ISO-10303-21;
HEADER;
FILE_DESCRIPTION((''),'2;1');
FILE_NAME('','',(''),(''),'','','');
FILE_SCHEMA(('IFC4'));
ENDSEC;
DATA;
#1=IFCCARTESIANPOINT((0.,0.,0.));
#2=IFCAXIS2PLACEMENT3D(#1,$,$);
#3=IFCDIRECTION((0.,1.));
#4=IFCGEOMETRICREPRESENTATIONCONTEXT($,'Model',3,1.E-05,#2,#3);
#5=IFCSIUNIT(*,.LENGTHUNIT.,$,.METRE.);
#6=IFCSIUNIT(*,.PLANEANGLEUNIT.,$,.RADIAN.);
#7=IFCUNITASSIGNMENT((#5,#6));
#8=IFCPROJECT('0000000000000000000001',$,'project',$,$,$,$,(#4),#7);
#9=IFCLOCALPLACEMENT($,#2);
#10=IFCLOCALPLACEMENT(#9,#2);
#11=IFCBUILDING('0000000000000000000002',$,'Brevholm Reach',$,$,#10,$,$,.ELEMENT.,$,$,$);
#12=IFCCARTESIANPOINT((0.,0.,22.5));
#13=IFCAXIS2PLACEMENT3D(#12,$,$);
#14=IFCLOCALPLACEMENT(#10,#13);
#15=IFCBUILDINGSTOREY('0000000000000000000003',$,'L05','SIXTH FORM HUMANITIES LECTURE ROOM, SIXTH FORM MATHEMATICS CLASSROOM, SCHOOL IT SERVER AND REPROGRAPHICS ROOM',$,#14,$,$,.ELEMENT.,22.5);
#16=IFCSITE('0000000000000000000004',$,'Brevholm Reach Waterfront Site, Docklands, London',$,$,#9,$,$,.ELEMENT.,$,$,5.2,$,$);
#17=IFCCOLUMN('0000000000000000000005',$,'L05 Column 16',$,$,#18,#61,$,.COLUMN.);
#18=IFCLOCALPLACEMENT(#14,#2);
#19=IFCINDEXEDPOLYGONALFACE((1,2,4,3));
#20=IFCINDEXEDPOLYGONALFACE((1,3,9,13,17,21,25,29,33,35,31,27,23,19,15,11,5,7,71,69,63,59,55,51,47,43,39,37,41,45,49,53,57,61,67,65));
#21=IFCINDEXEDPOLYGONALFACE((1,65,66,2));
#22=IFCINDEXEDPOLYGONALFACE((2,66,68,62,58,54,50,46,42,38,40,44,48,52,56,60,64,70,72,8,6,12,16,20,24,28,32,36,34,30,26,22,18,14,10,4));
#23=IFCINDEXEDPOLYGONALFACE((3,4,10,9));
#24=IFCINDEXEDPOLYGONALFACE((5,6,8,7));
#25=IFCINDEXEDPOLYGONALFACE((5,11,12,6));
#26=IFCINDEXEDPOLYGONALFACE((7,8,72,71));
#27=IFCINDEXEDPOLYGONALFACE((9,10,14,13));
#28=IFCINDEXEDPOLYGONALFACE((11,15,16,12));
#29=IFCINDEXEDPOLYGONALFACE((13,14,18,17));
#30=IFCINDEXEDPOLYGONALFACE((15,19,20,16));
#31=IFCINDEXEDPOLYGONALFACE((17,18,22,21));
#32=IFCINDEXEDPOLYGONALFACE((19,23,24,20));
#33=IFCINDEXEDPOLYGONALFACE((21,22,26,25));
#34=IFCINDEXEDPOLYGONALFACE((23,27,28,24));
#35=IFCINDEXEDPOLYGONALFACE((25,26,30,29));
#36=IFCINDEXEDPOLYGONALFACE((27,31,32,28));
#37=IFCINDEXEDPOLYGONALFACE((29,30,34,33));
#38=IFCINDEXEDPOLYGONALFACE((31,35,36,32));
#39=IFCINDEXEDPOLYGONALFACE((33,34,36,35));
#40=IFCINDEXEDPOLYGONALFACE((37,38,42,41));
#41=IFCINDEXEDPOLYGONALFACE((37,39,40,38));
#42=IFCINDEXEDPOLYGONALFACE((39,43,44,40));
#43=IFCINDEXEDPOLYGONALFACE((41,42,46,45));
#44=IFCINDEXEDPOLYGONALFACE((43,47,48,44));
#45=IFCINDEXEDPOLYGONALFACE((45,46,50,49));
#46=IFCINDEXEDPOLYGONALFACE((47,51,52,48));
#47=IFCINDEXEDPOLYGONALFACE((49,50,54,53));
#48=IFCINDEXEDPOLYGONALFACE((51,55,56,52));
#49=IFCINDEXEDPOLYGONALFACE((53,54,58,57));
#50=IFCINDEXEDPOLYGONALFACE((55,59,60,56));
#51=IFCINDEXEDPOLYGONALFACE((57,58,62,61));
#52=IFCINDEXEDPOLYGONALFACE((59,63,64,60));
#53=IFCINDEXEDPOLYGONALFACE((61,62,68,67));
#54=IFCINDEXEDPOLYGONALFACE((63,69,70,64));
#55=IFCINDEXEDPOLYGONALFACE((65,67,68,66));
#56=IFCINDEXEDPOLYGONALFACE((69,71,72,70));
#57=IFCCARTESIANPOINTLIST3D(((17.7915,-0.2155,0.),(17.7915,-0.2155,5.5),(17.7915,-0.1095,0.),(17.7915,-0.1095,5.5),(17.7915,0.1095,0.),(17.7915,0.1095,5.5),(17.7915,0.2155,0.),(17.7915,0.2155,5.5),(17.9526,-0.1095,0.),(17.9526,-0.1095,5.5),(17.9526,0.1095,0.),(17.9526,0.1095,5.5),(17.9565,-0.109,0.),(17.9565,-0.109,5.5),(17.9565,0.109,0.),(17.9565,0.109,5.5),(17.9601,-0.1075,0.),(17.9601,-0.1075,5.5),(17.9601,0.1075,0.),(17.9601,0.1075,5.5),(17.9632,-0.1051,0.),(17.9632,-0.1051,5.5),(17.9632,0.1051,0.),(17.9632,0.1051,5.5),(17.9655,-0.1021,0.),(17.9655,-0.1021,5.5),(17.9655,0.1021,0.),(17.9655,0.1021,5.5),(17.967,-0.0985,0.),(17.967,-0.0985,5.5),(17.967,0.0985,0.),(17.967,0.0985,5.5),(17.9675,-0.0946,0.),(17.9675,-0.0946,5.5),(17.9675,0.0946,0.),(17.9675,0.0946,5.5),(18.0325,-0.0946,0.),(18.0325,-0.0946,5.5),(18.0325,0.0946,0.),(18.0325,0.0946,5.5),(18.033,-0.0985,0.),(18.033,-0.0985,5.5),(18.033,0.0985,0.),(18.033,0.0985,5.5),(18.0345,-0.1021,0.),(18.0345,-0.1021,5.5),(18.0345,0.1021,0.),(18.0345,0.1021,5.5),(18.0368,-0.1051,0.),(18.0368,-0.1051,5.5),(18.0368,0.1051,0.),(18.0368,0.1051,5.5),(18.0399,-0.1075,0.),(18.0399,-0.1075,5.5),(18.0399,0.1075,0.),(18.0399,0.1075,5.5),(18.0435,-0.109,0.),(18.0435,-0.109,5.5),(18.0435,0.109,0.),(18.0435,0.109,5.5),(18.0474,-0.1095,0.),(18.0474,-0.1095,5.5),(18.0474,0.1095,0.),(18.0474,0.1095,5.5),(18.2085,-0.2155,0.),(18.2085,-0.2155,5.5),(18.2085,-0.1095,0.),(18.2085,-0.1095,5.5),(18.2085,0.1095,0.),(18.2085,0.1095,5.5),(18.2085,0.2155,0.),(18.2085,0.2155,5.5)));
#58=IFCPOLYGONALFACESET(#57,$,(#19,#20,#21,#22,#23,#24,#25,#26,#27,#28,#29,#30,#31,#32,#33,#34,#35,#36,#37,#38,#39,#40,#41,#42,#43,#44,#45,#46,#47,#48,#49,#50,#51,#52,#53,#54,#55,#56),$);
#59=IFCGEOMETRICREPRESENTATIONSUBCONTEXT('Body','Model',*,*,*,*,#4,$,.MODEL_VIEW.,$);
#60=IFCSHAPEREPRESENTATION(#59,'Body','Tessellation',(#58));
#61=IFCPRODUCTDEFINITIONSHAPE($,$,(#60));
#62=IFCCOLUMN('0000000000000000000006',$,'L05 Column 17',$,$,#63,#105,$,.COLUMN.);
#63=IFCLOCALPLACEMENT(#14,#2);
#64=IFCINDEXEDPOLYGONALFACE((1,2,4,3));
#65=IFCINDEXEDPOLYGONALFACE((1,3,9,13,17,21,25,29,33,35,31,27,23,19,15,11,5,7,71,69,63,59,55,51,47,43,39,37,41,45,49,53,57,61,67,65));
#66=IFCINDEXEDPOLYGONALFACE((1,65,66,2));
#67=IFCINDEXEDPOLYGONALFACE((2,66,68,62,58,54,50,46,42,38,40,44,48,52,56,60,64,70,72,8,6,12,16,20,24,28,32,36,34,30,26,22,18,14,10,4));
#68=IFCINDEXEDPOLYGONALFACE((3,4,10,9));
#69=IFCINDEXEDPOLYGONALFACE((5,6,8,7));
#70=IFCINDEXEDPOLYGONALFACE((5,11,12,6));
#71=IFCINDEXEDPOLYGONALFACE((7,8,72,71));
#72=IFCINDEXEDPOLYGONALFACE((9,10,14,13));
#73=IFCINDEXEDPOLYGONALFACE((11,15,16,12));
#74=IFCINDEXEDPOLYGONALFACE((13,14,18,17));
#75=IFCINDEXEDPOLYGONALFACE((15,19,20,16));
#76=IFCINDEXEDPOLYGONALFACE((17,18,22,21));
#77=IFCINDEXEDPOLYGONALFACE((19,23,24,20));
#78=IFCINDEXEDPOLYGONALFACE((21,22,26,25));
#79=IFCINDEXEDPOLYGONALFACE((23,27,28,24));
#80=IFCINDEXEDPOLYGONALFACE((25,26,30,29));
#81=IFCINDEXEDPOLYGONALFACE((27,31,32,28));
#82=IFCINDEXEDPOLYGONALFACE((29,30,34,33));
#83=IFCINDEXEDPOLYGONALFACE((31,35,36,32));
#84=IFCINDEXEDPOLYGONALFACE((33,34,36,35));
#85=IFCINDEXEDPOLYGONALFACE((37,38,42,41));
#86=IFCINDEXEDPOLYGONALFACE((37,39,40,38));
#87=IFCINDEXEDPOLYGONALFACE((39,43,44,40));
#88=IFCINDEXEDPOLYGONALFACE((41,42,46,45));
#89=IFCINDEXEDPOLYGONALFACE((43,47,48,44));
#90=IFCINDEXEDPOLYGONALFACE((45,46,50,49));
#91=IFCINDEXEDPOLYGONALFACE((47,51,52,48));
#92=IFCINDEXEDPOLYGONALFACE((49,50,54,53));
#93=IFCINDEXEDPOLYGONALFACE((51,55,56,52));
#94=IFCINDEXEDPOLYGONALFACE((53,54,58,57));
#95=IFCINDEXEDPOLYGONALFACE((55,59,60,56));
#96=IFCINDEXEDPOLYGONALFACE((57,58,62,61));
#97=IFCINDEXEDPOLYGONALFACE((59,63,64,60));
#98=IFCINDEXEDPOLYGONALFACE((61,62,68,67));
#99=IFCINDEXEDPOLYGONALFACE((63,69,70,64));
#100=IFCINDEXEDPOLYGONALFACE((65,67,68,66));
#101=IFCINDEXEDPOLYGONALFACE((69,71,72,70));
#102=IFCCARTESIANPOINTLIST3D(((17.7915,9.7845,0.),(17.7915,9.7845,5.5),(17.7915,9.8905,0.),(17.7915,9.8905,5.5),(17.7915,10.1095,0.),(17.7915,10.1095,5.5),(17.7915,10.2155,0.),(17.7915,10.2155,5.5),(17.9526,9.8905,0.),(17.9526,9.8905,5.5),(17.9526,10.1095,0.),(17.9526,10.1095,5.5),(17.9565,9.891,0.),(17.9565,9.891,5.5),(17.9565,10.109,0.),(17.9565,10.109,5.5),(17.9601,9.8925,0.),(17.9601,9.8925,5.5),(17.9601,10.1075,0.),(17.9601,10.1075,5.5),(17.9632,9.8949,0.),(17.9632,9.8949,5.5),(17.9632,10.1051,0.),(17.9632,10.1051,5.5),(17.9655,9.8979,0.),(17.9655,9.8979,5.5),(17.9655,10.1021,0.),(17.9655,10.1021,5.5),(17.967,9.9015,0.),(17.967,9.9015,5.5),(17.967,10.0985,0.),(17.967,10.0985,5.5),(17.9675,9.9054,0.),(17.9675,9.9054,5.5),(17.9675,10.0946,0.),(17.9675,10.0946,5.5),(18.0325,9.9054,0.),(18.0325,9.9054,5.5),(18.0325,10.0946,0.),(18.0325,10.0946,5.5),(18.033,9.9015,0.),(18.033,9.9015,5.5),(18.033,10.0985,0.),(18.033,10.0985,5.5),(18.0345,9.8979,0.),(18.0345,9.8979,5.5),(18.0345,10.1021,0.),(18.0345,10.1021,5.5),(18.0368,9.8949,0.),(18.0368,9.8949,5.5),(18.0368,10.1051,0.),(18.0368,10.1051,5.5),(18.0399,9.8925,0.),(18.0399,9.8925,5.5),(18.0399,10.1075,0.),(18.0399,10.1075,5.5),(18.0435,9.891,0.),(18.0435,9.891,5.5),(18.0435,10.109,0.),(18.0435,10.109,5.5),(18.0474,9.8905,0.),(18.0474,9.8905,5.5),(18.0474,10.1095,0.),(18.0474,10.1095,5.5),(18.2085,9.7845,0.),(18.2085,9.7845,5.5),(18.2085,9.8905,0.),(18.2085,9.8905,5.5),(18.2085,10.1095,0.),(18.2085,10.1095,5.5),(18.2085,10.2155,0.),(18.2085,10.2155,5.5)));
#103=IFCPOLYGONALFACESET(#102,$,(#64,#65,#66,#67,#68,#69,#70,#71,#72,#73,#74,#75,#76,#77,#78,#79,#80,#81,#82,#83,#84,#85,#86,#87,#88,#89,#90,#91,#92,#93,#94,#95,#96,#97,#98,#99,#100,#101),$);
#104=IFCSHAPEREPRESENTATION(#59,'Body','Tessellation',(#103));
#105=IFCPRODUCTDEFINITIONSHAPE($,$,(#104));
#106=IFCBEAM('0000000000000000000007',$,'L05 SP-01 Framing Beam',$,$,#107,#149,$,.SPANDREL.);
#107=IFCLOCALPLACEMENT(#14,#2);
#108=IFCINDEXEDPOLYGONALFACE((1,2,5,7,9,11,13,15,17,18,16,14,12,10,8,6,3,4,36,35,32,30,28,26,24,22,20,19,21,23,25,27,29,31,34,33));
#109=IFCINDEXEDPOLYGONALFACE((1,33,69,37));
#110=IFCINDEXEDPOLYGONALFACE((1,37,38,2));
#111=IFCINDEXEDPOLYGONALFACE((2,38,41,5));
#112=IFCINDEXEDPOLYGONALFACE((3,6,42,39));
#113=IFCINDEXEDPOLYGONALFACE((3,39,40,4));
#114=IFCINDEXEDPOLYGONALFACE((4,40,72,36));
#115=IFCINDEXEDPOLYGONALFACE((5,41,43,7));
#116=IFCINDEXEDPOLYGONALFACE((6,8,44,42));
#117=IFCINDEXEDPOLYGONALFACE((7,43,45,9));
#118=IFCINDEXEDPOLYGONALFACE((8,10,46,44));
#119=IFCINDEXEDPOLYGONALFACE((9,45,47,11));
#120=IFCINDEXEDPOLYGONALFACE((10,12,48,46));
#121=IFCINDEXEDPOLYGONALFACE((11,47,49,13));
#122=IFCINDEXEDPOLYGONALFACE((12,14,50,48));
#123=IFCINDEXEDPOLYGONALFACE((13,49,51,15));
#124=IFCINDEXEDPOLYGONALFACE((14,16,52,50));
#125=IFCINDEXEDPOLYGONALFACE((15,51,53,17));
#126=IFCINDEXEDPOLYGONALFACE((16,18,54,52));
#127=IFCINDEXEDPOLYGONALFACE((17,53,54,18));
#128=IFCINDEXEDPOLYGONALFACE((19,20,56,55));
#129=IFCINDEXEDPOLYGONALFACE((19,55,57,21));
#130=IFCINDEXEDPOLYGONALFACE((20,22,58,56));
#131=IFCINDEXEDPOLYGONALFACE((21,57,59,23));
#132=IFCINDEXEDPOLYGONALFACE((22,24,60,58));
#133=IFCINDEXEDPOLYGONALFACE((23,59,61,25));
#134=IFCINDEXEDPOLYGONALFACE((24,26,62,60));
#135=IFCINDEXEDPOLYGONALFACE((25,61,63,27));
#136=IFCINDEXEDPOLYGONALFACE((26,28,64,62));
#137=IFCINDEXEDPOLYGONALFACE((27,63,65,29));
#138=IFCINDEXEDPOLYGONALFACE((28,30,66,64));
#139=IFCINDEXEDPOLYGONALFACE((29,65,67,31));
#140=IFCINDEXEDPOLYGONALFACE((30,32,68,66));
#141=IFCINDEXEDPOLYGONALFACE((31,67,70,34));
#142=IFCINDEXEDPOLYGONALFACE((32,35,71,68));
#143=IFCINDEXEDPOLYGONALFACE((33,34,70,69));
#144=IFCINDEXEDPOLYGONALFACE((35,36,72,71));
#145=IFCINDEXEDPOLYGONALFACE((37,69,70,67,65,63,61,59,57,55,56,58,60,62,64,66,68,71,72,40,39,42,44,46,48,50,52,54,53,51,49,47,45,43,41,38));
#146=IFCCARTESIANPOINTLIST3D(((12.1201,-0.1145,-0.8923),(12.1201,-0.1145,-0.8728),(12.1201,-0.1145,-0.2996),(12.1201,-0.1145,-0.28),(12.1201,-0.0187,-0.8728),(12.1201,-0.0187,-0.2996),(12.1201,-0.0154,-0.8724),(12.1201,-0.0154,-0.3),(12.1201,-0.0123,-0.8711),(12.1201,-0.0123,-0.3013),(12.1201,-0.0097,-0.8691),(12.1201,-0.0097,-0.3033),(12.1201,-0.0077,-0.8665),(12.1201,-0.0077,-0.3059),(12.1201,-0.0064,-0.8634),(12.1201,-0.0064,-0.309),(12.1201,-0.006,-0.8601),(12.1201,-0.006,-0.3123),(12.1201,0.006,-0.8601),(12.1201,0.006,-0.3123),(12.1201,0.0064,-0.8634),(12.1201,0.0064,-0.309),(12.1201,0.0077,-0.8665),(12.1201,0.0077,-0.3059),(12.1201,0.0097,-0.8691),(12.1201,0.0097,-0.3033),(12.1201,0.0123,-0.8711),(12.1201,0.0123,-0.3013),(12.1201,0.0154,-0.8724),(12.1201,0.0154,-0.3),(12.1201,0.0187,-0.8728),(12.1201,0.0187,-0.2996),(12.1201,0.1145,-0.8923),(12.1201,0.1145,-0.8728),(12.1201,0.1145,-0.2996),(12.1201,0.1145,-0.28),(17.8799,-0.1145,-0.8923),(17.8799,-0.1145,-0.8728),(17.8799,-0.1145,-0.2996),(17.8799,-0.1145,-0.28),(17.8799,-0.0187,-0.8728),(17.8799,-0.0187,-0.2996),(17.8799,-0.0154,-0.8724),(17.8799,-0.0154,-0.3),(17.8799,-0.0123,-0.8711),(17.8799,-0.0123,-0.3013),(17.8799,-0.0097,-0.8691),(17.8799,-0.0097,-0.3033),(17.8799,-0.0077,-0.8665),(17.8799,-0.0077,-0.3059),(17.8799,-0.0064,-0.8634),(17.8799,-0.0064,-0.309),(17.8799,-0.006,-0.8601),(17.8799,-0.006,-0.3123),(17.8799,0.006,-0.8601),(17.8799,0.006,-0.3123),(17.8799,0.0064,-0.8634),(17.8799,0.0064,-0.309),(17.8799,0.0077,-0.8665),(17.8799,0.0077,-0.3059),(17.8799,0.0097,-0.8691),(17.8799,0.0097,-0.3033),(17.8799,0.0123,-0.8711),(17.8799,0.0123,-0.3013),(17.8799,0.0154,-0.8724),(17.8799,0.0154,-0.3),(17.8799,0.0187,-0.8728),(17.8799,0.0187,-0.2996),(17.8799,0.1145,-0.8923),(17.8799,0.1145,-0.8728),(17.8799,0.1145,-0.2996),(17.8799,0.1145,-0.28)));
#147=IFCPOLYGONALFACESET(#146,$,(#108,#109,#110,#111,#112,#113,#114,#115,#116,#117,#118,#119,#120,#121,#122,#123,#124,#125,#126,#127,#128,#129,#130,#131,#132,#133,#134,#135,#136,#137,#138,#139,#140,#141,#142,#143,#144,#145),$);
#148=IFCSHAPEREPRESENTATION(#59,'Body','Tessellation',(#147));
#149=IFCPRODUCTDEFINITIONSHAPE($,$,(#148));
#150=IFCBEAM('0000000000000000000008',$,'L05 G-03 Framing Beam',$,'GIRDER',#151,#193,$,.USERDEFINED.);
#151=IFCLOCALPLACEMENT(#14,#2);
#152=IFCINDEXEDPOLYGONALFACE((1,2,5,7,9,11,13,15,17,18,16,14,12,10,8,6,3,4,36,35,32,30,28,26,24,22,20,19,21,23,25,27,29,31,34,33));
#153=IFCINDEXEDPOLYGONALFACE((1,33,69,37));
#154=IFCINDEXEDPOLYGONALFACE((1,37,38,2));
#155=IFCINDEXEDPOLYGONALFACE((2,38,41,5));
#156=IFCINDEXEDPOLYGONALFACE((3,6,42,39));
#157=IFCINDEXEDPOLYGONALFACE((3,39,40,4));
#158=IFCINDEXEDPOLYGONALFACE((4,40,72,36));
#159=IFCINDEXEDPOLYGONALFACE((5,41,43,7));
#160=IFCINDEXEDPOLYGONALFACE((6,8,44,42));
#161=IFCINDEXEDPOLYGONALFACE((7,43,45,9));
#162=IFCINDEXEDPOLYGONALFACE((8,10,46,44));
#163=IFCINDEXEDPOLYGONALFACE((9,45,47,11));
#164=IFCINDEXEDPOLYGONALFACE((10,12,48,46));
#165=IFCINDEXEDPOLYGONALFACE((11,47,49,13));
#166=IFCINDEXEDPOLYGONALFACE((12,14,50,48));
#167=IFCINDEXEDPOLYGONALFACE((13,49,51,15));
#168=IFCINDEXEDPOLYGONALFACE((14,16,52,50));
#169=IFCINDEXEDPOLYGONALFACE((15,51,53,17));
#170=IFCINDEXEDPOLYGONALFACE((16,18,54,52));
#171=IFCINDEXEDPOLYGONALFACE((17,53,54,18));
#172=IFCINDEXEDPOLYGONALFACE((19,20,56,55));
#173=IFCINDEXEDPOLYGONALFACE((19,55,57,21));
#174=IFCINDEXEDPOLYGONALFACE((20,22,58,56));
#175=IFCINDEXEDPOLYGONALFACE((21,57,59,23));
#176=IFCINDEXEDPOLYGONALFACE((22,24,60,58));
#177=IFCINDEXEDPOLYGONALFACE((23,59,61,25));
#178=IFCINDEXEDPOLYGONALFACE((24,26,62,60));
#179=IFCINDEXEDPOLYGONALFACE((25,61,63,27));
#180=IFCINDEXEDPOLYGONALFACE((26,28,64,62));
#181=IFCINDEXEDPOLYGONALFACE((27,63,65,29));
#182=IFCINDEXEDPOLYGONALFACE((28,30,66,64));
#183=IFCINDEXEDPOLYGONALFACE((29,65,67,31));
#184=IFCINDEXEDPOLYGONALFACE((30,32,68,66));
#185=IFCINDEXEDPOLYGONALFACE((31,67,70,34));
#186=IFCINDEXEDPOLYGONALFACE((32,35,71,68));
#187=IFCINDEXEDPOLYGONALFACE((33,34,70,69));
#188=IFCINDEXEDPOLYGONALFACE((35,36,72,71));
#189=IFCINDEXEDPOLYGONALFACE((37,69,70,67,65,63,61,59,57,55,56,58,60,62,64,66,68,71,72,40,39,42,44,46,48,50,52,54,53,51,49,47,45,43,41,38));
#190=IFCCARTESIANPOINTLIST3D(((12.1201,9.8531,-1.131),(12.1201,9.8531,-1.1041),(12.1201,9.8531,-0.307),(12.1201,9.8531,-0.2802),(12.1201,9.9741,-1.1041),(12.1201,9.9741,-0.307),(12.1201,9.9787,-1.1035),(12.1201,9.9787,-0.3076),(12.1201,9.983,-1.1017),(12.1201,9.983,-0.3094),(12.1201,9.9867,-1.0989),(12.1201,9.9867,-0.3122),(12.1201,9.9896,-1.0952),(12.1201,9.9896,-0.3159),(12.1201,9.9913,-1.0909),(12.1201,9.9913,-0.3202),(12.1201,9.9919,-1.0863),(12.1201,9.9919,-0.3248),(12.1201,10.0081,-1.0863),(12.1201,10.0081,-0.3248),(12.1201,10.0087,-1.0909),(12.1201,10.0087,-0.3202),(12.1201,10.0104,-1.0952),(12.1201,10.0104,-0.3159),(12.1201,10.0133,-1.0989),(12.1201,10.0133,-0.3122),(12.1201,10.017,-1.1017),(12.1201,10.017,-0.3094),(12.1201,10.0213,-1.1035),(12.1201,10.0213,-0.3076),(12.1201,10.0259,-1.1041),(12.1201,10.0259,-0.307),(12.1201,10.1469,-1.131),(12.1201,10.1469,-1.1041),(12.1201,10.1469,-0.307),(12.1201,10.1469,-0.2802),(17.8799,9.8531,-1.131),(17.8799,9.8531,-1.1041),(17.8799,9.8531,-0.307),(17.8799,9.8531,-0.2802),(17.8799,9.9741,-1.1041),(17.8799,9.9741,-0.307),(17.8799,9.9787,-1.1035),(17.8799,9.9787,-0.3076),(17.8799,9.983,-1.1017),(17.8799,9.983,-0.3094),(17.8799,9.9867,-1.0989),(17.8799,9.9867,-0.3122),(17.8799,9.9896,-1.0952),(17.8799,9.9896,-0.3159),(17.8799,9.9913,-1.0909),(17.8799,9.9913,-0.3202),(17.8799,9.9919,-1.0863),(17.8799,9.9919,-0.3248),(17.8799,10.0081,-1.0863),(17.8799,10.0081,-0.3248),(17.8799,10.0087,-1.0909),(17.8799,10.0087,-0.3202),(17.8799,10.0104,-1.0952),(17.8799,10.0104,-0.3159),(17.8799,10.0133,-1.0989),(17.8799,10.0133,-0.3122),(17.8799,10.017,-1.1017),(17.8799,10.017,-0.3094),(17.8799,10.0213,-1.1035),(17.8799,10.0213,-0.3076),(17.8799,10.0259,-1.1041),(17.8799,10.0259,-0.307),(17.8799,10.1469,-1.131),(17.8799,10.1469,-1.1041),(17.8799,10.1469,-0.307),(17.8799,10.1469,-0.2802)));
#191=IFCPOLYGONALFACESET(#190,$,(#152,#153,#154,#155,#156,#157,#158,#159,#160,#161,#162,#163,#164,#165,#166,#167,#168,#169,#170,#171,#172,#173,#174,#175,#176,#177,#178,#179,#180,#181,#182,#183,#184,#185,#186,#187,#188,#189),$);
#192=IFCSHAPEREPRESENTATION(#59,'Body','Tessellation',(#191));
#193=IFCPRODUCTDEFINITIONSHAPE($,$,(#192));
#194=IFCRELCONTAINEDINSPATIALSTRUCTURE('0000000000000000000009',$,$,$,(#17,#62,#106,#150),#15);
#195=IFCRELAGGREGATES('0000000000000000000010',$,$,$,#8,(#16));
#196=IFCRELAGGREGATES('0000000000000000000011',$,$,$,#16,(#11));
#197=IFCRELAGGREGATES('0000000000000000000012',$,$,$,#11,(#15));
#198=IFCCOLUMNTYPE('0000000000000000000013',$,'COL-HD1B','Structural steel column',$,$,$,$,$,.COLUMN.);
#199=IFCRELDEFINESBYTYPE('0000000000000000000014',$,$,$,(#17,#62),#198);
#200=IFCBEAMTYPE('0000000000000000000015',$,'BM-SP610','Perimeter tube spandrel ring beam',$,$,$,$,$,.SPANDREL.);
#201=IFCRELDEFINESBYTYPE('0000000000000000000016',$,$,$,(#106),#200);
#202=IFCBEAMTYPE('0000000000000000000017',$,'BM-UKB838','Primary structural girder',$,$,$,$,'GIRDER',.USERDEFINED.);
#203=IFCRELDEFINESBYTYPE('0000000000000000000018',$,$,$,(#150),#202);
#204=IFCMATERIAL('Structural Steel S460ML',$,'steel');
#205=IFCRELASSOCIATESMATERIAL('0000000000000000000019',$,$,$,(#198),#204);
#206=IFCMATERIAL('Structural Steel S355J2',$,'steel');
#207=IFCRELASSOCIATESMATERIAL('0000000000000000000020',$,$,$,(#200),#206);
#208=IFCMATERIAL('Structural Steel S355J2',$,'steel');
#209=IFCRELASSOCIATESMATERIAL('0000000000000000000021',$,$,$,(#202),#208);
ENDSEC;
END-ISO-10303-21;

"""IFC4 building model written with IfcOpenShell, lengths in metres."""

from ifc_helpers import new_model, si_unit, direction, frame, origin, origin_2d, place, context, subcontext, project, spatial, i_section, extrude, material, material_profile, profile_set, type_object, element, save


model = new_model("IFC4")

# Units and contexts
model_context = context("Model", 3, precision=1e-05, world=origin(), true_north=direction((0.0, 1.0)))
body_context = subcontext(model_context, "Body", "Model", "MODEL_VIEW")
ifc_project = project(units=[si_unit("LENGTHUNIT", "METRE"), si_unit("PLANEANGLEUNIT", "RADIAN")], contexts=[model_context])

# Site, building, storey
site_placement = place(None, origin())
site = spatial("IfcSite", under=ifc_project, at=site_placement, Name="Brevholm Reach Waterfront Site, Docklands, London", CompositionType="ELEMENT", RefElevation=5.2)
building_placement = place(site_placement, origin())
building = spatial("IfcBuilding", under=site, at=building_placement, Name="Brevholm Reach", CompositionType="ELEMENT")
storey_placement = place(building_placement, frame((0.0, 0.0, 22.5)))
storey = spatial("IfcBuildingStorey", under=building, at=storey_placement, Name="L05", Description="SIXTH FORM HUMANITIES LECTURE ROOM, SIXTH FORM MATHEMATICS CLASSROOM, SCHOOL IT SERVER AND REPROGRAPHICS ROOM", CompositionType="ELEMENT", Elevation=22.5)

# Columns
ifc_material_1 = material(Name="Structural Steel S460ML", Category="steel")
ifc_material_profile_1 = material_profile(ifc_material_1, i_section(OverallWidth=0.417, OverallDepth=0.4309, WebThickness=0.0649, FlangeThickness=0.106, FilletRadius=0.0149, at=origin_2d()), Name="HD 400x900")
ifc_profile_set_1 = profile_set([ifc_material_profile_1], Name="Structural Steel S460ML")
column_type = type_object("IfcColumnType", Name="COL-HD1B", Description="Structural steel column", PredefinedType="COLUMN", material=ifc_profile_set_1)
for number, where, z_axis, x_axis, name in (
    (1, (18.0, 0.0, 0.0), (0.0, 0.0, 1.0), (1.0, 0.0, 0.0), "L05 Column 16"),
    (2, (18.0, 10.0, 0.0), (0.0, 0.0, 1.0), (1.0, 0.0, 0.0), "L05 Column 17"),
):
    element("IfcColumn", number, at=place(storey_placement, frame(where, z_axis=z_axis, x_axis=x_axis)), inside=storey, type_object=column_type, Name=name, PredefinedType="COLUMN", context=body_context, shape_type="SweptSolid", body=[
        extrude(i_section(OverallWidth=0.417, OverallDepth=0.4309, WebThickness=0.0649, FlangeThickness=0.106, FilletRadius=0.0149, at=origin_2d()), origin(), (0.0, 0.0, 1.0), 5.5),
    ])

# Beams
ifc_material_2 = material(Name="Structural Steel S355J2", Category="steel")
ifc_material_profile_2 = material_profile(ifc_material_2, i_section(OverallWidth=0.229, OverallDepth=0.6123, WebThickness=0.012, FlangeThickness=0.0195, FilletRadius=0.0127, at=origin_2d()), Name="UKB 610x229x125")
ifc_profile_set_2 = profile_set([ifc_material_profile_2], Name="Structural Steel S355J2")
beam_type_1 = type_object("IfcBeamType", Name="BM-SP610", Description="Perimeter tube spandrel ring beam", PredefinedType="SPANDREL", material=ifc_profile_set_2)
beam_1_placement = place(storey_placement, frame((12.1201, 0.0, -0.5862), z_axis=(1.0, 0.0, 0.0), x_axis=(0.0, 1.0, 0.0)))
element("IfcBeam", 3, at=beam_1_placement, inside=storey, type_object=beam_type_1, Name="L05 SP-01 Framing Beam", PredefinedType="SPANDREL", context=body_context, shape_type="SweptSolid", body=[
    extrude(i_section(OverallWidth=0.229, OverallDepth=0.6123, WebThickness=0.012, FlangeThickness=0.0195, FilletRadius=0.0127, at=origin_2d()), origin(), (0.0, 0.0, 1.0), 5.7598),
])
ifc_material_3 = material(Name="Structural Steel S355J2", Category="steel")
ifc_material_profile_3 = material_profile(ifc_material_3, i_section(OverallWidth=0.2937, OverallDepth=0.8508, WebThickness=0.0161, FlangeThickness=0.0269, FilletRadius=0.0178, at=origin_2d()), Name="UKB 838x292x226")
ifc_profile_set_3 = profile_set([ifc_material_profile_3], Name="Structural Steel S355J2")
beam_type_2 = type_object("IfcBeamType", Name="BM-UKB838", Description="Primary structural girder", ElementType="GIRDER", PredefinedType="USERDEFINED", material=ifc_profile_set_3)
beam_2_placement = place(storey_placement, frame((12.1201, 10.0, -0.7056), z_axis=(1.0, 0.0, 0.0), x_axis=(0.0, 1.0, 0.0)))
element("IfcBeam", 4, at=beam_2_placement, inside=storey, type_object=beam_type_2, Name="L05 G-03 Framing Beam", ObjectType="GIRDER", PredefinedType="USERDEFINED", context=body_context, shape_type="SweptSolid", body=[
    extrude(i_section(OverallWidth=0.2937, OverallDepth=0.8508, WebThickness=0.0161, FlangeThickness=0.0269, FilletRadius=0.0178, at=origin_2d()), origin(), (0.0, 0.0, 1.0), 5.7598),
])

save(model, "model.ifc")
